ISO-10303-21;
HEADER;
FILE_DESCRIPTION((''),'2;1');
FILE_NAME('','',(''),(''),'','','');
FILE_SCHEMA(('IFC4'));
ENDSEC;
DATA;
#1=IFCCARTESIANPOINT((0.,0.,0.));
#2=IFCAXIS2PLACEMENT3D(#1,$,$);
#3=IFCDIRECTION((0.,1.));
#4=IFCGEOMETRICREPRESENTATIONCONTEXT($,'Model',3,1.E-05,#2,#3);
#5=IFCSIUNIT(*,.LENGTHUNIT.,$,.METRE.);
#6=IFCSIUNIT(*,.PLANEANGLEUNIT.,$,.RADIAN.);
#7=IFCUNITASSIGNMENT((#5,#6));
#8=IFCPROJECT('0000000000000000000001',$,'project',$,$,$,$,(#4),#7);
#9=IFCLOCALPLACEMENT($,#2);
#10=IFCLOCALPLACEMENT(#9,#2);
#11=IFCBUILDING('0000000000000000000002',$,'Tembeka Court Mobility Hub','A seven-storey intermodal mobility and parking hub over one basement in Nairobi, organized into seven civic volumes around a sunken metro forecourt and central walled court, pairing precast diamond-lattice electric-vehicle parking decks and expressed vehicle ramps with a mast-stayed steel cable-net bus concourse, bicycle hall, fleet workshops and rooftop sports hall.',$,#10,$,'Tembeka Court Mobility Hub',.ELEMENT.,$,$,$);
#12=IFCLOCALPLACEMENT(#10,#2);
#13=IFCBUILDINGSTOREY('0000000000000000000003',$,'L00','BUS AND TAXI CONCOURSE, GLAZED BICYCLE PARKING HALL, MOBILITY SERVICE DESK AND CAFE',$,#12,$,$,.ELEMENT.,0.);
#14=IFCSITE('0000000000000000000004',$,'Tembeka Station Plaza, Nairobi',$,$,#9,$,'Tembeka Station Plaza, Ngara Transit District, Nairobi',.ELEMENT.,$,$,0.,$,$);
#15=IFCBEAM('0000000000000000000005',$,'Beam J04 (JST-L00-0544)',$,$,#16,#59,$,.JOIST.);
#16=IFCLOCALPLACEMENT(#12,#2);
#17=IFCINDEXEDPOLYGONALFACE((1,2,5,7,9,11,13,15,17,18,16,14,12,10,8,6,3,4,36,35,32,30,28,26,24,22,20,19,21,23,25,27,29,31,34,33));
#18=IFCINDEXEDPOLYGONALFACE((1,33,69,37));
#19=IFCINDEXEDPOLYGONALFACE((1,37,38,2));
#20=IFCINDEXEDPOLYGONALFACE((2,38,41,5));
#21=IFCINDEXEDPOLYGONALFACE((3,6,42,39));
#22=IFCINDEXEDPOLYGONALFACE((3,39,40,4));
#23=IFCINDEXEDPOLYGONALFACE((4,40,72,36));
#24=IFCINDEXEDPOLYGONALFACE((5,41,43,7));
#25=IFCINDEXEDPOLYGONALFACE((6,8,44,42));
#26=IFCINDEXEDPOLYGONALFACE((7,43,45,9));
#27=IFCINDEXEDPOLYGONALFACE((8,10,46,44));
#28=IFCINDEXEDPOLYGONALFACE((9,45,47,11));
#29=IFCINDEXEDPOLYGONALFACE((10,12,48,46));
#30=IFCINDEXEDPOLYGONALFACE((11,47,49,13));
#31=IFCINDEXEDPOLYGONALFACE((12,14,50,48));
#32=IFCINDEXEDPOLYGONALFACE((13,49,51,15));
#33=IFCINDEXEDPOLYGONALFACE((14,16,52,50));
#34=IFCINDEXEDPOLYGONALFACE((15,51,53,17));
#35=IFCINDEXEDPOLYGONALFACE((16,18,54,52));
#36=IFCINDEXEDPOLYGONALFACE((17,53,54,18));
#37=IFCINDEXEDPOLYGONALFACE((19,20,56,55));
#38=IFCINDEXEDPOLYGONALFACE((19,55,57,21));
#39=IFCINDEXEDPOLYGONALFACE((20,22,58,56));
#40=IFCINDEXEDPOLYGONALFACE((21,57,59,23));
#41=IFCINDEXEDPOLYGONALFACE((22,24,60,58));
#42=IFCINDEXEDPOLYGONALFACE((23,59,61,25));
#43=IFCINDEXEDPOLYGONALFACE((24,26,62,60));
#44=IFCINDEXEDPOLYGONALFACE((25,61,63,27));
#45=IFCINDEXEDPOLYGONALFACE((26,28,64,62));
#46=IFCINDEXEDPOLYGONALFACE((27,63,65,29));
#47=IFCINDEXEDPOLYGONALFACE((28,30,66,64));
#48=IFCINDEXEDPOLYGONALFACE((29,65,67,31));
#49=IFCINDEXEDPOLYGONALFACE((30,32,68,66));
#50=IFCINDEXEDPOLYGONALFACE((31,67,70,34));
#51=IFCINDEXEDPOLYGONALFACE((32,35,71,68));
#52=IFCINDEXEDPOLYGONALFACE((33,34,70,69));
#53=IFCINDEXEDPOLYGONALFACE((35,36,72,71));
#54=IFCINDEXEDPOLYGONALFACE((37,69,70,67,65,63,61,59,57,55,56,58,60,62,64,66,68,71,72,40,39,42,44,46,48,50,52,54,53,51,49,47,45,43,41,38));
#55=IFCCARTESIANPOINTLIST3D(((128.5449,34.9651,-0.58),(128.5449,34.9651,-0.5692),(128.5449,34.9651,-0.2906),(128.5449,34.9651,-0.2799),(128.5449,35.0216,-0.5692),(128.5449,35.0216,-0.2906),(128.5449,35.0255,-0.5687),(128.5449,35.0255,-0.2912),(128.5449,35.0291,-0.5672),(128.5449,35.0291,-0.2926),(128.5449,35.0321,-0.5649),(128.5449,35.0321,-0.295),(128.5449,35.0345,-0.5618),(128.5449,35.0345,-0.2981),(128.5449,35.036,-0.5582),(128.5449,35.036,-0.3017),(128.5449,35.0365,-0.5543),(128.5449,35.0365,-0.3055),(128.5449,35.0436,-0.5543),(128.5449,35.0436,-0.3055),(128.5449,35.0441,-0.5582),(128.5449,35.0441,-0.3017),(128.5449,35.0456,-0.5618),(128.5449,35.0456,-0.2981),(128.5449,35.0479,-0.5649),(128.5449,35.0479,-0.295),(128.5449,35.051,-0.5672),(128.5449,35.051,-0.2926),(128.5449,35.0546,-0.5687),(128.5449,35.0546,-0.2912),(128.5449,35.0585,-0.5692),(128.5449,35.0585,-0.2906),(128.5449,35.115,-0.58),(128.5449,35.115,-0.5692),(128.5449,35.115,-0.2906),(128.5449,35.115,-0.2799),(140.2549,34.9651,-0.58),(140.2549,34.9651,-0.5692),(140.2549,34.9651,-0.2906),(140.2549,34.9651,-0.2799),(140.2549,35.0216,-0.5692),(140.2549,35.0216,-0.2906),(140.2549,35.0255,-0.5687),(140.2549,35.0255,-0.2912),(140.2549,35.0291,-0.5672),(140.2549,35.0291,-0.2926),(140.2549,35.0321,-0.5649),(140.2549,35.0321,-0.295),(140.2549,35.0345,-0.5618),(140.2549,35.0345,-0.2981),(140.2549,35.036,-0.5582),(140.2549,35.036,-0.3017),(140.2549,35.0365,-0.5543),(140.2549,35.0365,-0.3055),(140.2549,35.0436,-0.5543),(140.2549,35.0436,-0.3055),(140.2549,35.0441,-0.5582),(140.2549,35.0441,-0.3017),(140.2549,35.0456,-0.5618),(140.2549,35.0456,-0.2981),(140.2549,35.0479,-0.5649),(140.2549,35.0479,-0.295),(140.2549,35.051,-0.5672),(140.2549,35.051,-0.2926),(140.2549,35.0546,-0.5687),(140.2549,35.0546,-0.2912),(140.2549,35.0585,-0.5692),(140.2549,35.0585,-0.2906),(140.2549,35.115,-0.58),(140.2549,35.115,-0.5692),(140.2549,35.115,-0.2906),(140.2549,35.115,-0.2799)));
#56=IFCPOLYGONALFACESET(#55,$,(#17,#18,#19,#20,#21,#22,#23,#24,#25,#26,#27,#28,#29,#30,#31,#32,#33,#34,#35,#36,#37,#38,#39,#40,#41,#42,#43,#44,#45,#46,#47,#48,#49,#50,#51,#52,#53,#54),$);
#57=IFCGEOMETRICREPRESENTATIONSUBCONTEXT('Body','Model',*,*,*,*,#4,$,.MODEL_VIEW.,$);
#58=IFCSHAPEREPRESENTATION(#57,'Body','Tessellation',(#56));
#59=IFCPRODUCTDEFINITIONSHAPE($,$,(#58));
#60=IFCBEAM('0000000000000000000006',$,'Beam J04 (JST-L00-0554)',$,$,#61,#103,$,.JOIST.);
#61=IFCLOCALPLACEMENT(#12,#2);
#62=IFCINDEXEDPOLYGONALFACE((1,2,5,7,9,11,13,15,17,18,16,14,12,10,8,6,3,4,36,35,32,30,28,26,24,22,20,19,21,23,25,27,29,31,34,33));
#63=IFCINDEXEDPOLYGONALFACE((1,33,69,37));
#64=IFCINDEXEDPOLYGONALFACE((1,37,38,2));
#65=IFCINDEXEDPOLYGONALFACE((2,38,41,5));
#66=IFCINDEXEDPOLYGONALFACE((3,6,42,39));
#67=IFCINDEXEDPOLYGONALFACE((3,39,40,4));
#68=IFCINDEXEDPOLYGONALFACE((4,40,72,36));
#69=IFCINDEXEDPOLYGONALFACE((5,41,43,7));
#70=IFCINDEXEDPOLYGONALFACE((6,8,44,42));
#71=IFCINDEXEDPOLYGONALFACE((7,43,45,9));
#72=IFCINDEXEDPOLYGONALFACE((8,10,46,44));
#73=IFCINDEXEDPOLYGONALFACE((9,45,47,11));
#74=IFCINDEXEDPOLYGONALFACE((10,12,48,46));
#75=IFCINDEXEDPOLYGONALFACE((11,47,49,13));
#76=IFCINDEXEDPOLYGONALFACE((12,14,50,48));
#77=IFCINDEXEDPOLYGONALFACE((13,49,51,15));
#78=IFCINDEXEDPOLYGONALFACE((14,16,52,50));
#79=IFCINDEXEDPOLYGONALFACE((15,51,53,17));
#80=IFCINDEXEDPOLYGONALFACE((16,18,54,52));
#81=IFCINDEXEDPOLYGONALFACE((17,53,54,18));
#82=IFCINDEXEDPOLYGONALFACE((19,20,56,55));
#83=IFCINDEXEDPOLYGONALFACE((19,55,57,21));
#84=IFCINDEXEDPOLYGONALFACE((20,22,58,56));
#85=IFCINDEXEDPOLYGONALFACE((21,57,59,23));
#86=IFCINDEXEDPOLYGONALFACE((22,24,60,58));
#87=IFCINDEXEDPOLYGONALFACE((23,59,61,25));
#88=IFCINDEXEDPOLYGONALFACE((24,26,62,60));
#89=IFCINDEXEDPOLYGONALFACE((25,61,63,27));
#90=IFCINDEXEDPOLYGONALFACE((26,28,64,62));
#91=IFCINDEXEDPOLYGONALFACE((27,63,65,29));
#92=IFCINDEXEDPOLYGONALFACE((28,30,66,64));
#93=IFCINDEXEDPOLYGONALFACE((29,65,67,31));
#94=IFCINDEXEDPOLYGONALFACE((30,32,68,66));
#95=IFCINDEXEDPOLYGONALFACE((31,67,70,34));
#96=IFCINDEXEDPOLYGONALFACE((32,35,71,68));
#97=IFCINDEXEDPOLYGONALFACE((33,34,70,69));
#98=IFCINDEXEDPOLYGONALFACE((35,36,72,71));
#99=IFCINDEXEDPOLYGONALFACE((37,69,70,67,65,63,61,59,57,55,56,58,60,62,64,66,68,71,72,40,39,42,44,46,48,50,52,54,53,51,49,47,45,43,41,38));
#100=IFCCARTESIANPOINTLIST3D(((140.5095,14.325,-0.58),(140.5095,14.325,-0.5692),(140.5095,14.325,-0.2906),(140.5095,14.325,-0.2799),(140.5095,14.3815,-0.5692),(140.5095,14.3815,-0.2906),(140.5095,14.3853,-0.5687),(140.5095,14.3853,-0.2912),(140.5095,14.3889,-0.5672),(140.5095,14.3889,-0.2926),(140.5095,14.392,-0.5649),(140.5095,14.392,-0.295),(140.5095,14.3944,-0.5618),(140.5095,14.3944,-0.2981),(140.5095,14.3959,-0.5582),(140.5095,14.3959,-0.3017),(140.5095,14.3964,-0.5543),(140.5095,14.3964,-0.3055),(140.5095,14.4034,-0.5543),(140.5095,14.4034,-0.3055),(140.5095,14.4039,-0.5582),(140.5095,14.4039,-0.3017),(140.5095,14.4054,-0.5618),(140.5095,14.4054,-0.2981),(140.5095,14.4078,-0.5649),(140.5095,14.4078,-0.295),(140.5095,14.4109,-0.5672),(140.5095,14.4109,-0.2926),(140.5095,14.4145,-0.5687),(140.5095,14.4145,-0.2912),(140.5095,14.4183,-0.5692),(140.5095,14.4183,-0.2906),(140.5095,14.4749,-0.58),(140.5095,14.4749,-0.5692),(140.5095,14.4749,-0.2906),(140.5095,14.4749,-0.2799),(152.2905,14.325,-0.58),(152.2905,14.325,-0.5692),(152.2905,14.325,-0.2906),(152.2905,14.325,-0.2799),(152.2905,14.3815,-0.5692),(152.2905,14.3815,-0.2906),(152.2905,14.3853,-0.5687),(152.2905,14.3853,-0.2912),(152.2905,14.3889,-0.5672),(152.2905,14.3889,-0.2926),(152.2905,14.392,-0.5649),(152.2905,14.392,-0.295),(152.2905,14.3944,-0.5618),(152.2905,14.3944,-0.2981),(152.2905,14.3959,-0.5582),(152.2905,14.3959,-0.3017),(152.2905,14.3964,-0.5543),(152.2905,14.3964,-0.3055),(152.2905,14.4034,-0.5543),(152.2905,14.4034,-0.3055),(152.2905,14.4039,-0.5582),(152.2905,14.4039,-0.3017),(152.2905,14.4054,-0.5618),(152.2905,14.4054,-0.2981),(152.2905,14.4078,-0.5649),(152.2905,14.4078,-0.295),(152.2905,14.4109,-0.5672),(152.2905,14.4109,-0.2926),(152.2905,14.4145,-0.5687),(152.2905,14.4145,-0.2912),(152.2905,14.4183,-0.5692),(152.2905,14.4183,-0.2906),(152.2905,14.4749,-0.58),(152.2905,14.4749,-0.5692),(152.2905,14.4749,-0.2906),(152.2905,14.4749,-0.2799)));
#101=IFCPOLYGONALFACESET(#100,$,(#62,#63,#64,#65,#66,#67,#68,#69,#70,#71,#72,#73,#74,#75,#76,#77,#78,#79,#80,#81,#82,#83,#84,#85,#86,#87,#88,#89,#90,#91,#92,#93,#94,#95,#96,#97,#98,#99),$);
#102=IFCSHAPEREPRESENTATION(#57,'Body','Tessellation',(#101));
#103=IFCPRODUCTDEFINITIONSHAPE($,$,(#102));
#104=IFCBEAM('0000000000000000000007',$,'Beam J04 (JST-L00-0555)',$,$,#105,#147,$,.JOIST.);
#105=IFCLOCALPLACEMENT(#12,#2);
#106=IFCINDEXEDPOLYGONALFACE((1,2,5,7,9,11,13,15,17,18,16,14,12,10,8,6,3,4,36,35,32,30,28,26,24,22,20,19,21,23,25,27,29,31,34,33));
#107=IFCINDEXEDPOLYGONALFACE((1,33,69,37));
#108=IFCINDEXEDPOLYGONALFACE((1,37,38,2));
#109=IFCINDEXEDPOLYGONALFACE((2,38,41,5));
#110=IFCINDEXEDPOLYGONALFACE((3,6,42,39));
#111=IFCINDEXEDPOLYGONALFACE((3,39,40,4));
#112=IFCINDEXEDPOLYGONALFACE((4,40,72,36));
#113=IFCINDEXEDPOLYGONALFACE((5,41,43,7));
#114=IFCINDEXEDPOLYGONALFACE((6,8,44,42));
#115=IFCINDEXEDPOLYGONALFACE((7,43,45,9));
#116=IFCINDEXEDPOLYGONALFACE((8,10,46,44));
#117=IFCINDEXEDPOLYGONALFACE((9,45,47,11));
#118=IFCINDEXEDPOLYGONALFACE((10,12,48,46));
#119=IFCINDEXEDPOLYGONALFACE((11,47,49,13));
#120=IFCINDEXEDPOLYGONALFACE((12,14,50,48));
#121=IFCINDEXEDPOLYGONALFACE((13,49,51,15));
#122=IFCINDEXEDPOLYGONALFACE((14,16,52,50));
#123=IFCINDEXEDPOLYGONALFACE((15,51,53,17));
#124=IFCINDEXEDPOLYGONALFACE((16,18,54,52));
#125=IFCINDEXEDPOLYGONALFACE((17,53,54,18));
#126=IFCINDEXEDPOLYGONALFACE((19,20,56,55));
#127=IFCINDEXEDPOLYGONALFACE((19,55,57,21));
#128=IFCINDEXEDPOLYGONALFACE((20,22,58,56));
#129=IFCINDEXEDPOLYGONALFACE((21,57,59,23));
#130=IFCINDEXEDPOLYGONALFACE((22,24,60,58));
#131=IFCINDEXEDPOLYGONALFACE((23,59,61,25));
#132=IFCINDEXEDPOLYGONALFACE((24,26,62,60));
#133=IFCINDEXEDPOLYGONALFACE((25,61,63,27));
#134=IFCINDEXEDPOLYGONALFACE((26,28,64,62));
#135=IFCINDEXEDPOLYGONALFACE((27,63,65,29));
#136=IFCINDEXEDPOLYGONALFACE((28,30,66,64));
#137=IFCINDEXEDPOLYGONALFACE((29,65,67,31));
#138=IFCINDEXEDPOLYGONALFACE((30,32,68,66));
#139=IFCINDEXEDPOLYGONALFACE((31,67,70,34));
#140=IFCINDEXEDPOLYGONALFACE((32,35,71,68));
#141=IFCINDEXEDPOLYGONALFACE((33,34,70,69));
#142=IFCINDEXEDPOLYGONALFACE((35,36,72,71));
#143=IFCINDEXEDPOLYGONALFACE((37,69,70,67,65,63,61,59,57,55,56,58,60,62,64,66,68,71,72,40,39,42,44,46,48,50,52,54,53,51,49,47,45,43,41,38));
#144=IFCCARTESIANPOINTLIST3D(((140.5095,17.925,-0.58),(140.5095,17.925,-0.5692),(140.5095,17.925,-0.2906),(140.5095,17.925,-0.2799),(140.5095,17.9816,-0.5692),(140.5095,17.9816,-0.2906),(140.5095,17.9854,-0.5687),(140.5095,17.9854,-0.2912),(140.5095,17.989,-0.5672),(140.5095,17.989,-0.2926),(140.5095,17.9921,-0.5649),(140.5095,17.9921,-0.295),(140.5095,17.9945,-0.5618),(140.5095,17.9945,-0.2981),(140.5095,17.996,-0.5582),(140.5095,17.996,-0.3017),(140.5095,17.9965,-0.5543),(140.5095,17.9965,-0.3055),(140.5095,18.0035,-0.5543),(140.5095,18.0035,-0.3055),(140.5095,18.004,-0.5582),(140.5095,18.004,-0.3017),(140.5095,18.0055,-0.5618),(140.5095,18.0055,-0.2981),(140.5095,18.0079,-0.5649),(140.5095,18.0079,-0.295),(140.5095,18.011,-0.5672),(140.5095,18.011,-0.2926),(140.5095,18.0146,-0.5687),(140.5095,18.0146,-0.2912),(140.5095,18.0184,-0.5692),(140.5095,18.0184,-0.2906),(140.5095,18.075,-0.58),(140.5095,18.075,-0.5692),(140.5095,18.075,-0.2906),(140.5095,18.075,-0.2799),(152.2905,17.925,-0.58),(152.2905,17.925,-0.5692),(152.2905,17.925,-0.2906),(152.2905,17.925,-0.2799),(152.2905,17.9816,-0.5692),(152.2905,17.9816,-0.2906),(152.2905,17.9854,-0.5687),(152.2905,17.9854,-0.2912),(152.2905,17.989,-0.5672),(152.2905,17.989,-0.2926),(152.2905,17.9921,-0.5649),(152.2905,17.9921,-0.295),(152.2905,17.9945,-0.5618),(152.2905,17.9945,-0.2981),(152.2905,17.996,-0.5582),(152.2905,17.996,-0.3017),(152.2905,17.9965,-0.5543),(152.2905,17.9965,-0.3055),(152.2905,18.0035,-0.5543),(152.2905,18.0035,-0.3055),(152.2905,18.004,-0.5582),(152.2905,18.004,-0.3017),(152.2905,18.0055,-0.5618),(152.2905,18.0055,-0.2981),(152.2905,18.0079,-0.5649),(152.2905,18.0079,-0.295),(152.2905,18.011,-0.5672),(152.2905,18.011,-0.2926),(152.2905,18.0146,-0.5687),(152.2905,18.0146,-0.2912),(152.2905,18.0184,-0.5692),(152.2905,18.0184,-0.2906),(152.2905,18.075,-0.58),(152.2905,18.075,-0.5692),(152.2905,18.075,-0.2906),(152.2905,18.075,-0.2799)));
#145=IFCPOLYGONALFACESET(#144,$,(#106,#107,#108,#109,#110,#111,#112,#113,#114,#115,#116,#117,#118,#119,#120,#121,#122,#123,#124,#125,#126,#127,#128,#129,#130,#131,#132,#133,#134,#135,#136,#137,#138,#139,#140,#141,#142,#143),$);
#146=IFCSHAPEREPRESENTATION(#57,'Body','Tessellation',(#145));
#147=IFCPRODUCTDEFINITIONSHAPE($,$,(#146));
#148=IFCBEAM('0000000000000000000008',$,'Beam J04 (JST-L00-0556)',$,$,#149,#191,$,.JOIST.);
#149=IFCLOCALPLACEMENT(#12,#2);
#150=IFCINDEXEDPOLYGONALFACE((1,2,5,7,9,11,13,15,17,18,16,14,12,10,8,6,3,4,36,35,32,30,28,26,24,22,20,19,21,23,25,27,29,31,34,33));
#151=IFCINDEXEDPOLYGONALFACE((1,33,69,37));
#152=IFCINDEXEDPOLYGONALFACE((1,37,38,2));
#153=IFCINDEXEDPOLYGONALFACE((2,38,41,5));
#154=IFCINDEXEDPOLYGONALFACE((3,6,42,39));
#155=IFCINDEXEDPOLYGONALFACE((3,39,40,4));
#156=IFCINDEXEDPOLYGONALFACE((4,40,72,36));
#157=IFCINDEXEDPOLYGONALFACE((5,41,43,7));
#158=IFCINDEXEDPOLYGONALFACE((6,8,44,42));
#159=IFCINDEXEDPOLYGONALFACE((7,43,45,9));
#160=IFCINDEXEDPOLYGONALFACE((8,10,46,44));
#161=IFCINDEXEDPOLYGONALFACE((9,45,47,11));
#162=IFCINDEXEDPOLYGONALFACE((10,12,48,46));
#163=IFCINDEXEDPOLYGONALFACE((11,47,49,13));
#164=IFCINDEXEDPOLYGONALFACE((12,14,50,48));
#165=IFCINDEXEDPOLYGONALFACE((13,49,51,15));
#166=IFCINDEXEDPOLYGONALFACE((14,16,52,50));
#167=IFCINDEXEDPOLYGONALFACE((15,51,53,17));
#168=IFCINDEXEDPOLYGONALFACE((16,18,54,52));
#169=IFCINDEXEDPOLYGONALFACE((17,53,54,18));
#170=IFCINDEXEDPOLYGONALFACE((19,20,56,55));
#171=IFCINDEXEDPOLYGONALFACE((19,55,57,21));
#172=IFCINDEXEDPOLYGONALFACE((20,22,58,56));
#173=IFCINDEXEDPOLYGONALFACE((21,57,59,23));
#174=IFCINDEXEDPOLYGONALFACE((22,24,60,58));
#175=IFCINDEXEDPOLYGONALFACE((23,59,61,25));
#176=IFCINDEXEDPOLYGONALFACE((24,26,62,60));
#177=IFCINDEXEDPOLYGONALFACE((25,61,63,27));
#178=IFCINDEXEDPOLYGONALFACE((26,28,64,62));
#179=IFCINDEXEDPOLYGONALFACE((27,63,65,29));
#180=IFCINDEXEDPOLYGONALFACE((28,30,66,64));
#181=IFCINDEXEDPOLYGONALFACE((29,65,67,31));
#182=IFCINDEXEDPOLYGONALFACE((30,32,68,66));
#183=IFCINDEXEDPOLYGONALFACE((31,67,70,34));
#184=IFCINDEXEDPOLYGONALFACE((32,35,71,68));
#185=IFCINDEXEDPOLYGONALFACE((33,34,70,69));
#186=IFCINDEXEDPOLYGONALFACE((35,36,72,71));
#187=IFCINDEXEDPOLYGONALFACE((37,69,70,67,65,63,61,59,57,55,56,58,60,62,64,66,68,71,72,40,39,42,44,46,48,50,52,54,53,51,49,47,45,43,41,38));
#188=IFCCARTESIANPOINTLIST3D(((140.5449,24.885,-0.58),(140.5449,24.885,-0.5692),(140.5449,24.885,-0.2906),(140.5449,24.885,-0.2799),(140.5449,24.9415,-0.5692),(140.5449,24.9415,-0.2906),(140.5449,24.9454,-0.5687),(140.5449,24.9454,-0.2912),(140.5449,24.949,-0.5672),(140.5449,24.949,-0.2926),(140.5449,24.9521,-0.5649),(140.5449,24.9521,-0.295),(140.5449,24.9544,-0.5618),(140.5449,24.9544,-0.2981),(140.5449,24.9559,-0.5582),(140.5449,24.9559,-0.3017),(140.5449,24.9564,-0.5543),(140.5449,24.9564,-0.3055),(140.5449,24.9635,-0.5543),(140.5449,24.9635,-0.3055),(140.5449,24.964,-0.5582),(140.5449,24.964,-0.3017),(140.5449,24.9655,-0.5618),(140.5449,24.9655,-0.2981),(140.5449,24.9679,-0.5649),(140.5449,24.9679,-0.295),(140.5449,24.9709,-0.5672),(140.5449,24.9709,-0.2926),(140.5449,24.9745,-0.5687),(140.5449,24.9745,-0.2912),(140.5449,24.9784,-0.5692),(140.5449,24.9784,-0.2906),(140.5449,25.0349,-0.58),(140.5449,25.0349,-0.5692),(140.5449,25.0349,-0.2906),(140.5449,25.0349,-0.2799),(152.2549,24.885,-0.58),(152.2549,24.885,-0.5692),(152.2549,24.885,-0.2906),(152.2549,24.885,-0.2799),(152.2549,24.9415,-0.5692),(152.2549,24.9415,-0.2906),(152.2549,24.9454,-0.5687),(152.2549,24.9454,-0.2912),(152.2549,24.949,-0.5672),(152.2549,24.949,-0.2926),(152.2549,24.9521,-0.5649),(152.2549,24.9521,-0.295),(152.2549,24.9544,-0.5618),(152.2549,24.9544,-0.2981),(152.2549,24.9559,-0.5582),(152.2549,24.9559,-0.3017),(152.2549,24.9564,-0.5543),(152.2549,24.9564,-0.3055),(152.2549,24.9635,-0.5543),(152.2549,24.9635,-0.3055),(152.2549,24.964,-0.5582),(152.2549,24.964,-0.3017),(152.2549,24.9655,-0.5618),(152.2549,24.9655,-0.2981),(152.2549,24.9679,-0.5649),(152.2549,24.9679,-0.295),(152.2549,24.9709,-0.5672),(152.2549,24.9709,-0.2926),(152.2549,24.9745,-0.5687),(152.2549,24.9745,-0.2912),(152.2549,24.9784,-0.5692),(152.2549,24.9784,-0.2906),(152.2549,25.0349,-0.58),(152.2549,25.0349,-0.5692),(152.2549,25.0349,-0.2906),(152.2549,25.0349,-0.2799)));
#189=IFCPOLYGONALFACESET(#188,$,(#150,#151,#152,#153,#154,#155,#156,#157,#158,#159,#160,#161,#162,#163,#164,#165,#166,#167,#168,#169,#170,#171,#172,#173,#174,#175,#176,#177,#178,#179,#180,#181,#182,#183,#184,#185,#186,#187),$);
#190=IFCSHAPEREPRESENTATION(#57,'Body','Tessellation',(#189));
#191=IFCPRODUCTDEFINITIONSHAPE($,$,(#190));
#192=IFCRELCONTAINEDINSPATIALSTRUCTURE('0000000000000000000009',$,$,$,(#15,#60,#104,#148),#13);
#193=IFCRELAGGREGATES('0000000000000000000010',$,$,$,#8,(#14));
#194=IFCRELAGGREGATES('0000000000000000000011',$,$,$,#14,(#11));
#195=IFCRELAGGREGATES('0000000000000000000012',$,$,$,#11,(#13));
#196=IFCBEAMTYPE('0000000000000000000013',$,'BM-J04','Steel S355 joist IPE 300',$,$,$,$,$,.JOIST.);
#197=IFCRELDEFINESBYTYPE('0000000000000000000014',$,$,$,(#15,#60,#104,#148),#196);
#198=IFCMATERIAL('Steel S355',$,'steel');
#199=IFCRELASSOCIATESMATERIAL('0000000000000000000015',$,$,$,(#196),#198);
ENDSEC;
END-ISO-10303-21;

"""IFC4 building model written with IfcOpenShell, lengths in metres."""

from ifc_helpers import new_model, si_unit, direction, frame, origin, origin_2d, place, context, subcontext, project, spatial, i_section, extrude, material, material_profile, profile_set, type_object, element, save


model = new_model("IFC4")

# Units and contexts
model_context = context("Model", 3, precision=1e-05, world=origin(), true_north=direction((0.0, 1.0)))
body_context = subcontext(model_context, "Body", "Model", "MODEL_VIEW")
ifc_project = project(units=[si_unit("LENGTHUNIT", "METRE"), si_unit("PLANEANGLEUNIT", "RADIAN")], contexts=[model_context])

# Site, building, storey
site_placement = place(None, origin())
site = spatial("IfcSite", under=ifc_project, at=site_placement, Name="Tembeka Station Plaza, Nairobi", LongName="Tembeka Station Plaza, Ngara Transit District, Nairobi", CompositionType="ELEMENT", RefElevation=0.0)
building_placement = place(site_placement, origin())
building = spatial("IfcBuilding", under=site, at=building_placement, Name="Tembeka Court Mobility Hub", Description="A seven-storey intermodal mobility and parking hub over one basement in Nairobi, organized into seven civic volumes around a sunken metro forecourt and central walled court, pairing precast diamond-lattice electric-vehicle parking decks and expressed vehicle ramps with a mast-stayed steel cable-net bus concourse, bicycle hall, fleet workshops and rooftop sports hall.", LongName="Tembeka Court Mobility Hub", CompositionType="ELEMENT")
storey_placement = place(building_placement, origin())
storey = spatial("IfcBuildingStorey", under=building, at=storey_placement, Name="L00", Description="BUS AND TAXI CONCOURSE, GLAZED BICYCLE PARKING HALL, MOBILITY SERVICE DESK AND CAFE", CompositionType="ELEMENT", Elevation=0.0)

# Shared definitions
ifc_material_1 = material(Name="Steel S355", Category="steel")

# Beams
ifc_material_profile_1 = material_profile(ifc_material_1, i_section(OverallWidth=0.1499, OverallDepth=0.3, WebThickness=0.0071, FlangeThickness=0.0107, FilletRadius=0.0149, at=origin_2d()), Name="IPE 300")
ifc_profile_set_1 = profile_set([ifc_material_profile_1], Name="Steel S355")
beam_type_1 = type_object("IfcBeamType", Name="BM-J04", Description="Steel S355 joist IPE 300", PredefinedType="JOIST", material=ifc_profile_set_1)
for number, where, z_axis, x_axis, name in (
    (1, (128.5449, 35.04, -0.4299), (1.0, 0.0, 0.0), (0.0, 1.0, 0.0), "Beam J04 (JST-L00-0544)"),
):
    element("IfcBeam", number, at=place(storey_placement, frame(where, z_axis=z_axis, x_axis=x_axis)), inside=storey, type_object=beam_type_1, Name=name, PredefinedType="JOIST", context=body_context, shape_type="SweptSolid", body=[
        extrude(i_section(OverallWidth=0.1499, OverallDepth=0.3, WebThickness=0.0071, FlangeThickness=0.0107, FilletRadius=0.0149, at=origin_2d()), origin(), (0.0, 0.0, 1.0), 11.71),
    ])
for number, where, z_axis, x_axis, name in (
    (2, (140.5095, 14.3999, -0.4299), (1.0, 0.0, 0.0), (0.0, 1.0, 0.0), "Beam J04 (JST-L00-0554)"),
    (3, (140.5095, 18.0, -0.4299), (1.0, 0.0, 0.0), (0.0, 1.0, 0.0), "Beam J04 (JST-L00-0555)"),
):
    element("IfcBeam", number, at=place(storey_placement, frame(where, z_axis=z_axis, x_axis=x_axis)), inside=storey, type_object=beam_type_1, Name=name, PredefinedType="JOIST", context=body_context, shape_type="SweptSolid", body=[
        extrude(i_section(OverallWidth=0.1499, OverallDepth=0.3, WebThickness=0.0071, FlangeThickness=0.0107, FilletRadius=0.0149, at=origin_2d()), origin(), (0.0, 0.0, 1.0), 11.781),
    ])
for number, where, z_axis, x_axis, name in (
    (4, (140.5449, 24.96, -0.4299), (1.0, 0.0, 0.0), (0.0, 1.0, 0.0), "Beam J04 (JST-L00-0556)"),
):
    element("IfcBeam", number, at=place(storey_placement, frame(where, z_axis=z_axis, x_axis=x_axis)), inside=storey, type_object=beam_type_1, Name=name, PredefinedType="JOIST", context=body_context, shape_type="SweptSolid", body=[
        extrude(i_section(OverallWidth=0.1499, OverallDepth=0.3, WebThickness=0.0071, FlangeThickness=0.0107, FilletRadius=0.0149, at=origin_2d()), origin(), (0.0, 0.0, 1.0), 11.71),
    ])

save(model, "model.ifc")
